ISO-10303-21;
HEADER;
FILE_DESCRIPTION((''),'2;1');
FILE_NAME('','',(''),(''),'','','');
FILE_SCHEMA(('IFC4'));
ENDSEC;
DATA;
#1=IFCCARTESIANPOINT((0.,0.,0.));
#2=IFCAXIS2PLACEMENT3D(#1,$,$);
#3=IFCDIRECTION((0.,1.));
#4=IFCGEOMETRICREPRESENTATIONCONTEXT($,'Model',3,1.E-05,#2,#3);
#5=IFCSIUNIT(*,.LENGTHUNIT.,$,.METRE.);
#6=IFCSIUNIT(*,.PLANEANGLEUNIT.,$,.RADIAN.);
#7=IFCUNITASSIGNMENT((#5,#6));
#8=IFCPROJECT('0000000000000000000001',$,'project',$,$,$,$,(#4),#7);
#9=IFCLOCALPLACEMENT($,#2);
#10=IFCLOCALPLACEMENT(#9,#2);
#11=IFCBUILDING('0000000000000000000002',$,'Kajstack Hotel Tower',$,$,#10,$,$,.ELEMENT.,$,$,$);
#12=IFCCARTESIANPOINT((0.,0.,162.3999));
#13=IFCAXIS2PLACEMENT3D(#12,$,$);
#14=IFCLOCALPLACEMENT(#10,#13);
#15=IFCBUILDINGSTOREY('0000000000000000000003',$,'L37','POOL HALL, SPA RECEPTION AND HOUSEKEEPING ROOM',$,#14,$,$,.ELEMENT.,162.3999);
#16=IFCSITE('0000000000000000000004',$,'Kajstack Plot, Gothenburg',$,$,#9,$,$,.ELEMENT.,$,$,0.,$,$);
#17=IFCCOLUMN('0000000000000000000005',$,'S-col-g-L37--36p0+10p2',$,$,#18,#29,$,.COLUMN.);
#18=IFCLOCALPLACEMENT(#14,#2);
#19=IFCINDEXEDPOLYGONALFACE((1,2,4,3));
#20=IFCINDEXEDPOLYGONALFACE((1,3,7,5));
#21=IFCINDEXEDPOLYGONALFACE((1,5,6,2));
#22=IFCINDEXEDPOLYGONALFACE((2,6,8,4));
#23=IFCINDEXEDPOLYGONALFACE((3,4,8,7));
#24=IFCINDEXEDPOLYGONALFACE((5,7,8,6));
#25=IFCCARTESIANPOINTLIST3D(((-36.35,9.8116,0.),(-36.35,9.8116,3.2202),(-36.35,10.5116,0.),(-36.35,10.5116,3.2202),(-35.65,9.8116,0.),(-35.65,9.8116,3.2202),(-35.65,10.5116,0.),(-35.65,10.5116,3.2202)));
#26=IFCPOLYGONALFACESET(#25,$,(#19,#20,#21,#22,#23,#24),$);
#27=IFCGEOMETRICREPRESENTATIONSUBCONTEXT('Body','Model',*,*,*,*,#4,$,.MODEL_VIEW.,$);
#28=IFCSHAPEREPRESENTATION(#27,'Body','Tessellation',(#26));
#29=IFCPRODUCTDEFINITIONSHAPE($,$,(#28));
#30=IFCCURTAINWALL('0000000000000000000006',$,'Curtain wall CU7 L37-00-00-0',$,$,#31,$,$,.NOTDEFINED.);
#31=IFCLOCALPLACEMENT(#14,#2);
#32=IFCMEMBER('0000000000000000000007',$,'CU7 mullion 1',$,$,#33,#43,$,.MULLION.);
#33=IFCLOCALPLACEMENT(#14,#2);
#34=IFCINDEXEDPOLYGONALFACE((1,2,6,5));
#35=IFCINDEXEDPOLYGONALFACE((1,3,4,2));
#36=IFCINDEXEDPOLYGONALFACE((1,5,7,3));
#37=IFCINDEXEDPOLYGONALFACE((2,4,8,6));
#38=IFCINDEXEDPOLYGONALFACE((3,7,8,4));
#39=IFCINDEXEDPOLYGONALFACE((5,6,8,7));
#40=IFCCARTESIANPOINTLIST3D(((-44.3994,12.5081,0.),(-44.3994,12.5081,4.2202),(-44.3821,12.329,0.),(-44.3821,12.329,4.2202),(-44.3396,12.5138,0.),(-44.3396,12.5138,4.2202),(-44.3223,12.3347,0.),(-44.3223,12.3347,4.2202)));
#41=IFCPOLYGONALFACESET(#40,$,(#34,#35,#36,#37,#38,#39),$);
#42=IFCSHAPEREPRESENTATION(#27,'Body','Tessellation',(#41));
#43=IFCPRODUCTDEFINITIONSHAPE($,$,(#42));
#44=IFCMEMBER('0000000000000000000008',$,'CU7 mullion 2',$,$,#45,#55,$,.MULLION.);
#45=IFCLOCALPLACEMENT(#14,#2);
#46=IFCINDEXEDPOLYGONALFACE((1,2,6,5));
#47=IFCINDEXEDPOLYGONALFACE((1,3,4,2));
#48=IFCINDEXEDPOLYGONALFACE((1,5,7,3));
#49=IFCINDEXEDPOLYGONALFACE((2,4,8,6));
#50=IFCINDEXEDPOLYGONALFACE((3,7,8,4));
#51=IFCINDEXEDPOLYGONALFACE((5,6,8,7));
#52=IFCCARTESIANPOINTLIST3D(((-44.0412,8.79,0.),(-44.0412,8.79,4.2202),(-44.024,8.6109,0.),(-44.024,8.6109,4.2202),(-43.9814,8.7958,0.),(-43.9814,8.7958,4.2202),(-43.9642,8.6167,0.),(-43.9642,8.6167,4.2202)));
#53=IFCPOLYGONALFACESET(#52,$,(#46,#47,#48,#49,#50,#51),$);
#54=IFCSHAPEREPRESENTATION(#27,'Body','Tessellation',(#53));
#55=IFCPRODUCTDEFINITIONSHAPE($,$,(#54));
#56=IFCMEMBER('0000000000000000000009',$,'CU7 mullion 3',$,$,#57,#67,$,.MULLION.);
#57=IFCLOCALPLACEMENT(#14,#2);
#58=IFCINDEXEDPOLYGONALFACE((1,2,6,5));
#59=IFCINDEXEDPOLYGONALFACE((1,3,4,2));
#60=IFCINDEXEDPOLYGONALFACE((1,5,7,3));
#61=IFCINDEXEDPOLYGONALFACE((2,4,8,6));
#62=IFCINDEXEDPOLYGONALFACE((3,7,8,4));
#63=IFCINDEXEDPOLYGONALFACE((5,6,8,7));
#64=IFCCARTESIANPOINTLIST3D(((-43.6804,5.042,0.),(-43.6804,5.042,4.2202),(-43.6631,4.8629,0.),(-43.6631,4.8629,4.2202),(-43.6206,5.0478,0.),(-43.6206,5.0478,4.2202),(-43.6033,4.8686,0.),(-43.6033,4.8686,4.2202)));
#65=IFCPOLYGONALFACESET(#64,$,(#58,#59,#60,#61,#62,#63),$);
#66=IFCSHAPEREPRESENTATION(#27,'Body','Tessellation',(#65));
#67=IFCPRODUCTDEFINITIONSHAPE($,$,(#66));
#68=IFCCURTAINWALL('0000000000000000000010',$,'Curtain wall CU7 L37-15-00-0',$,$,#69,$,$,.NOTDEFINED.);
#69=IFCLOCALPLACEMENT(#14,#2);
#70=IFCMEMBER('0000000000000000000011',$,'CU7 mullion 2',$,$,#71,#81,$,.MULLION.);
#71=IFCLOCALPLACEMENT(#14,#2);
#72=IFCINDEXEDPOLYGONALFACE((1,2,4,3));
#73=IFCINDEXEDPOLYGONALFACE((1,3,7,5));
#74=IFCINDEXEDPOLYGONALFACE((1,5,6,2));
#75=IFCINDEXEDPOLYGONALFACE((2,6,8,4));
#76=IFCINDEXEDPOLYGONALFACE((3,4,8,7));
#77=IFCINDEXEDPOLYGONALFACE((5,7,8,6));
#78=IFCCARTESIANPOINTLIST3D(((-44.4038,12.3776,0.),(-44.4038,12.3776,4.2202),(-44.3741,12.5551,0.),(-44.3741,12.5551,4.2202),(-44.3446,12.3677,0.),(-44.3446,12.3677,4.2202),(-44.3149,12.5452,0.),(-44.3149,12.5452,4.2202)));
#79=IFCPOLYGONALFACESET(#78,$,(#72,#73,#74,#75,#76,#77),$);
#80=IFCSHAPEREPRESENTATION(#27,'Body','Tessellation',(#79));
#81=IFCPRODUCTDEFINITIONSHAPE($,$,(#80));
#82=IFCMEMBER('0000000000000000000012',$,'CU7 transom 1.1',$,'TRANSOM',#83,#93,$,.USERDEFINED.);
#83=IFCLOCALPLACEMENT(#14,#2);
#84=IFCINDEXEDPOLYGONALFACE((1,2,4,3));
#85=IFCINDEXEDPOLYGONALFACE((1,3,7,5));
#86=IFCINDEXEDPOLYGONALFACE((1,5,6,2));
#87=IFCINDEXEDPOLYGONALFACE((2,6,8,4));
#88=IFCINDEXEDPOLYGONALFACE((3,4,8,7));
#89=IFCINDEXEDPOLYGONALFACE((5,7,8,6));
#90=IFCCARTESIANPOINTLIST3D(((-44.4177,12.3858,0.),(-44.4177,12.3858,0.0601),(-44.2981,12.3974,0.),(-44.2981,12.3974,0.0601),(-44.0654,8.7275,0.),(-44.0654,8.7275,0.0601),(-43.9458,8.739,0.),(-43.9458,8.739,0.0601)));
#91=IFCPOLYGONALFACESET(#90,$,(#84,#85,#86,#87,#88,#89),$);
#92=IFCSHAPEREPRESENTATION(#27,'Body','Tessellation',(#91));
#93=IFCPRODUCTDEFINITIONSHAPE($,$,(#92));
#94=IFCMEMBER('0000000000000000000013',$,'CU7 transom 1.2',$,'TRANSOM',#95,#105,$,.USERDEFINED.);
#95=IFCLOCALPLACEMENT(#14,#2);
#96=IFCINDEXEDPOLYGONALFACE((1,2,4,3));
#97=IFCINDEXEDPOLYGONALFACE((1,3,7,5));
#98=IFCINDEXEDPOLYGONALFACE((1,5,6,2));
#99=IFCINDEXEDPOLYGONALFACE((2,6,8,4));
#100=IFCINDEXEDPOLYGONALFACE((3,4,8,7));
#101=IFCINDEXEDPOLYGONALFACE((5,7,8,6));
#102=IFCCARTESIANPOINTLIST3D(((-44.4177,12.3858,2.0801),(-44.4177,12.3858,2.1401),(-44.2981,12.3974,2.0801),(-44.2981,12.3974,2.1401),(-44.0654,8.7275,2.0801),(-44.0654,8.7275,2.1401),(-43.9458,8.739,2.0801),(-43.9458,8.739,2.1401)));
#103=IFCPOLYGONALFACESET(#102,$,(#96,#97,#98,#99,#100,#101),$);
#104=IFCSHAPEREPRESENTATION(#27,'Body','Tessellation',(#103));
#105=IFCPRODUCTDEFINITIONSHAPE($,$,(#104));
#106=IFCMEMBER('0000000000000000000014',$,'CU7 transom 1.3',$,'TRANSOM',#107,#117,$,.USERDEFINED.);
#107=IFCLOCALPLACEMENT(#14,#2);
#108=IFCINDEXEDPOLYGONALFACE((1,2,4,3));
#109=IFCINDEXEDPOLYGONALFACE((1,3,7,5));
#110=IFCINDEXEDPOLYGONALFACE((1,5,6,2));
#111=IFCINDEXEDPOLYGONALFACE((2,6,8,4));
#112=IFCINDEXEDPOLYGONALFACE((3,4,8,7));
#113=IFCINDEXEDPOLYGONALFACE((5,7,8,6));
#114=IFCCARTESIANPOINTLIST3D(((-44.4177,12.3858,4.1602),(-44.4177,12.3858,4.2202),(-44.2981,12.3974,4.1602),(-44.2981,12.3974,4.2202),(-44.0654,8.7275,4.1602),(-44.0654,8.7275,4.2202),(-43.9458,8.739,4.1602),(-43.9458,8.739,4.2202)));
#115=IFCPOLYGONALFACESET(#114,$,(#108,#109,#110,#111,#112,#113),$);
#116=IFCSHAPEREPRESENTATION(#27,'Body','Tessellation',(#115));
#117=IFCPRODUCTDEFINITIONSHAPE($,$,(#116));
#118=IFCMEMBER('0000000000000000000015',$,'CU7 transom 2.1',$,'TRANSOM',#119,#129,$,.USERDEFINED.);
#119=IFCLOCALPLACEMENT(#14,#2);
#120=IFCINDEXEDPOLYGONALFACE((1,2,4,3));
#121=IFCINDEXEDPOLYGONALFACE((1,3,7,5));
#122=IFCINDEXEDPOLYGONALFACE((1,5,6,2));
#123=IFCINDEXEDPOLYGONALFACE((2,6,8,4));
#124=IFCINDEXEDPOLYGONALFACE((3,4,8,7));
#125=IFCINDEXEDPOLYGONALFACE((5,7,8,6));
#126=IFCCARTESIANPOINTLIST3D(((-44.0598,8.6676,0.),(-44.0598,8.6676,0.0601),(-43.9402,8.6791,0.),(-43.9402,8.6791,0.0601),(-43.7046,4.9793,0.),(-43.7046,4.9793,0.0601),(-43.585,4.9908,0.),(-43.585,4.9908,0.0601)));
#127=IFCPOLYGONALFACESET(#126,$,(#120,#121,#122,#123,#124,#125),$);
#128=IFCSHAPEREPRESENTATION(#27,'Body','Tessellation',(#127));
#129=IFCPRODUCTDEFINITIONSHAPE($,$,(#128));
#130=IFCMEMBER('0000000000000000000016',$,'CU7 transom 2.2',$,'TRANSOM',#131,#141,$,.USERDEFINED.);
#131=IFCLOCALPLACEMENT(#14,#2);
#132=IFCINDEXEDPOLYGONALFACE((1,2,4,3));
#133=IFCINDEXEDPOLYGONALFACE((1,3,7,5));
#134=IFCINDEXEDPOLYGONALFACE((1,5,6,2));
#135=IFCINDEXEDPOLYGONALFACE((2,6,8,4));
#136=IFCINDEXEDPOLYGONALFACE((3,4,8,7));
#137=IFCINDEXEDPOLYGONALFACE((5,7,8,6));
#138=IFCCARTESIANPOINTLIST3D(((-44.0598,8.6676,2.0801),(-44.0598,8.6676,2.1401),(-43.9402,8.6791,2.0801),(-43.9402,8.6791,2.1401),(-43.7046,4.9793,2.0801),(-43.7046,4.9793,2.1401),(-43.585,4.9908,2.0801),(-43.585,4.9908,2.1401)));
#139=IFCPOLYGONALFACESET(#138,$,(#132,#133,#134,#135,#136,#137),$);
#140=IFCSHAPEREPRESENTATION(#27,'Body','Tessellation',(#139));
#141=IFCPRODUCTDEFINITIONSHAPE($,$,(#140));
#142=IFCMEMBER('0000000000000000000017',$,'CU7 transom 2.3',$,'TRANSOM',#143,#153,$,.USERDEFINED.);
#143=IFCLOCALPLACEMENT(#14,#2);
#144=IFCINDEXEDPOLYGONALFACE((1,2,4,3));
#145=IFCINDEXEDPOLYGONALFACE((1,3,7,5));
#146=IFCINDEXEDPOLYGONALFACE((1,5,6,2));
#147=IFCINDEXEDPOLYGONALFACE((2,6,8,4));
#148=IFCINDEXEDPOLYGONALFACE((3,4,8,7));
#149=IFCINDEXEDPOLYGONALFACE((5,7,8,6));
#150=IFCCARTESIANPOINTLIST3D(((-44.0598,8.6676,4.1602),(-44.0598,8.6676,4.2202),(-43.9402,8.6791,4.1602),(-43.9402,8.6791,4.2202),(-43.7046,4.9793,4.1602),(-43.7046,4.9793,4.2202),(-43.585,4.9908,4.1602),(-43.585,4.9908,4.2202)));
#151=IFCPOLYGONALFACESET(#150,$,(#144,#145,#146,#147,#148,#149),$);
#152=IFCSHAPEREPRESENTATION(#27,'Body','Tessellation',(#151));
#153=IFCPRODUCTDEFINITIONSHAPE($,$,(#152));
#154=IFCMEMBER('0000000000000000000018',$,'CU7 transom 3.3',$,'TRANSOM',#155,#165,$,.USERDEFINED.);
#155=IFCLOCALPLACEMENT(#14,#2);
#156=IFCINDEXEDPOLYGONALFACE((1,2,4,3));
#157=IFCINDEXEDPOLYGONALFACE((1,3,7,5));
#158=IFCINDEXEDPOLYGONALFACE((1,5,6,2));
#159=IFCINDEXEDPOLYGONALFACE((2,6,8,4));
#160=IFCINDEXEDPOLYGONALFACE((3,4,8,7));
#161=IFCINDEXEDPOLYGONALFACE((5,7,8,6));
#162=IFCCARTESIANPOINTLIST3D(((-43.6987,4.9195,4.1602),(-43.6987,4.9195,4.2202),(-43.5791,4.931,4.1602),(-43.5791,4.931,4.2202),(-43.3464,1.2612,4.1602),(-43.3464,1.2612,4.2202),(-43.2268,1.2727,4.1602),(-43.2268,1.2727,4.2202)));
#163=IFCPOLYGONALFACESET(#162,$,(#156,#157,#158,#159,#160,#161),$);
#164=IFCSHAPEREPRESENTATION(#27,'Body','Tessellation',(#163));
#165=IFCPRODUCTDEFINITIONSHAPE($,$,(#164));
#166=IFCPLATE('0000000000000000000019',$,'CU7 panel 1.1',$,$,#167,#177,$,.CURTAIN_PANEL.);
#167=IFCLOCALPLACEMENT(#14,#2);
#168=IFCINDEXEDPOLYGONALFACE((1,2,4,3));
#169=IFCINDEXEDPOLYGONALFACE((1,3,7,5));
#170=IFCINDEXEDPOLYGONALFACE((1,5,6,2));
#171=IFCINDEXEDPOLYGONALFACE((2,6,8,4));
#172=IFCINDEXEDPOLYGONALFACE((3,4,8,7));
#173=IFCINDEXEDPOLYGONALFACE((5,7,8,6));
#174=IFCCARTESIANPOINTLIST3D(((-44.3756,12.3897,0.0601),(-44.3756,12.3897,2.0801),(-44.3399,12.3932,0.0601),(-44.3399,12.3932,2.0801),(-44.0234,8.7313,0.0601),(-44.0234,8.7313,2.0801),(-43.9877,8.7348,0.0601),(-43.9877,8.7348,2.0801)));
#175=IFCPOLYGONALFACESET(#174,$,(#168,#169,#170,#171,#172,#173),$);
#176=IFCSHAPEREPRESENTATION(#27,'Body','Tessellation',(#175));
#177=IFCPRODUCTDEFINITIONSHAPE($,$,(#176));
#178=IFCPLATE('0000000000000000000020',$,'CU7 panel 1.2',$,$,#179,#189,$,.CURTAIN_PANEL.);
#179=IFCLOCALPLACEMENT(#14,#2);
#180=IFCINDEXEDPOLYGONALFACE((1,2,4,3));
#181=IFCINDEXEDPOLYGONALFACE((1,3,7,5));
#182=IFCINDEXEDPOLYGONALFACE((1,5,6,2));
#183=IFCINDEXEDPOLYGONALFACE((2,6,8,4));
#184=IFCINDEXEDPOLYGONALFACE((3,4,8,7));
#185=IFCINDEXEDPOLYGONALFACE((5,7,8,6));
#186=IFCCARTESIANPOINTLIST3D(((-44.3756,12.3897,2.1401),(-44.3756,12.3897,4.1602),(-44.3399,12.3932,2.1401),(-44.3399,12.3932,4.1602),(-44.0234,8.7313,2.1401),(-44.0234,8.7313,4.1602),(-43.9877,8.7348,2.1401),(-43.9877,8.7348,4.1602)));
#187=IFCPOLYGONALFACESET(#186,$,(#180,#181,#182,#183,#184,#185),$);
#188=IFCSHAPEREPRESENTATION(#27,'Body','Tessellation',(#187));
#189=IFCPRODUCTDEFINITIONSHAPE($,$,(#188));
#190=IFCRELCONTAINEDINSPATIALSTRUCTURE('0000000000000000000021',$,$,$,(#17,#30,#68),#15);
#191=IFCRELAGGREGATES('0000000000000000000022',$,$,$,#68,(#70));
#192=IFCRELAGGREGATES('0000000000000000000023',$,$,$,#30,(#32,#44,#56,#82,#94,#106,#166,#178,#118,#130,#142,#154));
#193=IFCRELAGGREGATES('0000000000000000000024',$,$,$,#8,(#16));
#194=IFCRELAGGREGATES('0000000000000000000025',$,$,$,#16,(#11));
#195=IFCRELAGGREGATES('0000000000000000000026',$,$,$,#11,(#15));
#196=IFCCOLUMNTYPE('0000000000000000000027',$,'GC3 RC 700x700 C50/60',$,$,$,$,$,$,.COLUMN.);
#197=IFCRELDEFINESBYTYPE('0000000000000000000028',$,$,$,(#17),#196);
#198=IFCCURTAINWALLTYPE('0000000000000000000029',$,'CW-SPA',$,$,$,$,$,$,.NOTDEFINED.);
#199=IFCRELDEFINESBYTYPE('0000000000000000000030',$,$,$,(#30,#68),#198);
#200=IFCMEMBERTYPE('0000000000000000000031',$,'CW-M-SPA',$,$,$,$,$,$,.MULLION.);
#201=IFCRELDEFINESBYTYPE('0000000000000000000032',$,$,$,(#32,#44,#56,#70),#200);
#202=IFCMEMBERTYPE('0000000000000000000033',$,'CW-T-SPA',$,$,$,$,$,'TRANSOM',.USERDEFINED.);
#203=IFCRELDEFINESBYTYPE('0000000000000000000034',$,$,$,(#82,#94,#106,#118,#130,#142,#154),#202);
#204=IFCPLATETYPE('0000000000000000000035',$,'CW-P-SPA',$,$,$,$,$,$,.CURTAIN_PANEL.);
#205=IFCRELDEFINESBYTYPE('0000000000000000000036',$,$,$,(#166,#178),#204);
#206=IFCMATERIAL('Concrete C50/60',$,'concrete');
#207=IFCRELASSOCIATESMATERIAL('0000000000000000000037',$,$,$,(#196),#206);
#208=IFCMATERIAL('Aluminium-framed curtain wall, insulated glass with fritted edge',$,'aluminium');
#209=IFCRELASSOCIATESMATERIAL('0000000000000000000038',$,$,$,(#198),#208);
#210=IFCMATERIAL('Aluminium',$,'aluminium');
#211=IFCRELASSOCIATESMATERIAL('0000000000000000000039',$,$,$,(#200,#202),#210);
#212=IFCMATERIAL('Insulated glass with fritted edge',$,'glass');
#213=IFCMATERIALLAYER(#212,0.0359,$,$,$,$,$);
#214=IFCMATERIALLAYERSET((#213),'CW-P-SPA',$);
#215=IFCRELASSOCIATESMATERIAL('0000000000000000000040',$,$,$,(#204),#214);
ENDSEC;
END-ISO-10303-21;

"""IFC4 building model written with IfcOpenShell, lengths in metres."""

from ifc_helpers import new_model, si_unit, direction, frame, origin, origin_2d, place, context, subcontext, project, spatial, rectangle, extrude, material, layer, layer_set, material_profile, profile_set, type_object, element, aggregate, save


model = new_model("IFC4")

# Units and contexts
model_context = context("Model", 3, precision=1e-05, world=origin(), true_north=direction((0.0, 1.0)))
body_context = subcontext(model_context, "Body", "Model", "MODEL_VIEW")
ifc_project = project(units=[si_unit("LENGTHUNIT", "METRE"), si_unit("PLANEANGLEUNIT", "RADIAN")], contexts=[model_context])

# Site, building, storey
site_placement = place(None, origin())
site = spatial("IfcSite", under=ifc_project, at=site_placement, Name="Kajstack Plot, Gothenburg", CompositionType="ELEMENT", RefElevation=0.0)
building_placement = place(site_placement, origin())
building = spatial("IfcBuilding", under=site, at=building_placement, Name="Kajstack Hotel Tower", CompositionType="ELEMENT")
storey_placement = place(building_placement, frame((0.0, 0.0, 162.3999)))
storey = spatial("IfcBuildingStorey", under=building, at=storey_placement, Name="L37", Description="POOL HALL, SPA RECEPTION AND HOUSEKEEPING ROOM", CompositionType="ELEMENT", Elevation=162.3999)

# Column
ifc_material_1 = material(Name="Concrete C50/60", Category="concrete")
ifc_material_profile_1 = material_profile(ifc_material_1, rectangle(XDim=0.7, YDim=0.7, at=origin_2d()), Name="RC 700x700")
ifc_profile_set_1 = profile_set([ifc_material_profile_1], Name="Concrete C50/60")
column_type = type_object("IfcColumnType", Name="GC3 RC 700x700 C50/60", PredefinedType="COLUMN", material=ifc_profile_set_1)
column_placement = place(storey_placement, frame((-36.0, 10.1616, 0.0), z_axis=(0.0, 0.0, 1.0), x_axis=(1.0, 0.0, 0.0)))
element("IfcColumn", 1, at=column_placement, inside=storey, type_object=column_type, Name="S-col-g-L37--36p0+10p2", PredefinedType="COLUMN", context=body_context, shape_type="SweptSolid", body=[
    extrude(rectangle(XDim=0.7, YDim=0.7, at=origin_2d()), origin(), (0.0, 0.0, 1.0), 3.2202),
])

# Curtain wall, members
ifc_material_2 = material(Name="Aluminium-framed curtain wall, insulated glass with fritted edge", Category="aluminium")
curtain_wall_type = type_object("IfcCurtainWallType", Name="CW-SPA", PredefinedType="NOTDEFINED", material=ifc_material_2)
curtain_wall_1_placement = place(storey_placement, origin())
curtain_wall_1 = element("IfcCurtainWall", 2, at=curtain_wall_1_placement, inside=storey, type_object=curtain_wall_type, Name="Curtain wall CU7 L37-00-00-0", PredefinedType="NOTDEFINED")
ifc_material_3 = material(Name="Aluminium", Category="aluminium")
ifc_material_profile_2 = material_profile(ifc_material_3, rectangle(XDim=0.0601, YDim=0.1799, at=origin_2d()), Name="Aluminium mullion 60 x 180")
ifc_profile_set_2 = profile_set([ifc_material_profile_2], Name="Aluminium")
member_type_1 = type_object("IfcMemberType", Name="CW-M-SPA", PredefinedType="MULLION", material=ifc_profile_set_2)
member_1_placement = place(storey_placement, frame((-44.3608, 12.4214, 0.0), z_axis=(0.0, 0.0, 1.0), x_axis=(0.995396, 0.095844, 0.0)))
member_1 = element("IfcMember", 3, at=member_1_placement, type_object=member_type_1, Name="CU7 mullion 1", PredefinedType="MULLION", context=body_context, shape_type="SweptSolid", body=[
    extrude(rectangle(XDim=0.0601, YDim=0.1799, at=origin_2d()), origin(), (0.0, 0.0, 1.0), 4.2202),
])
member_2_placement = place(storey_placement, frame((-44.0027, 8.7034, 0.0), z_axis=(0.0, 0.0, 1.0), x_axis=(0.995396, 0.095844, 0.0)))
member_2 = element("IfcMember", 4, at=member_2_placement, type_object=member_type_1, Name="CU7 mullion 2", PredefinedType="MULLION", context=body_context, shape_type="SweptSolid", body=[
    extrude(rectangle(XDim=0.0601, YDim=0.1799, at=origin_2d()), origin(), (0.0, 0.0, 1.0), 4.2202),
])
member_3_placement = place(storey_placement, frame((-43.6418, 4.9553, 0.0), z_axis=(0.0, 0.0, 1.0), x_axis=(0.995396, 0.095844, 0.0)))
member_3 = element("IfcMember", 5, at=member_3_placement, type_object=member_type_1, Name="CU7 mullion 3", PredefinedType="MULLION", context=body_context, shape_type="SweptSolid", body=[
    extrude(rectangle(XDim=0.0601, YDim=0.1799, at=origin_2d()), origin(), (0.0, 0.0, 1.0), 4.2202),
])

# Curtain wall, member
curtain_wall_2_placement = place(storey_placement, origin())
curtain_wall_2 = element("IfcCurtainWall", 6, at=curtain_wall_2_placement, inside=storey, type_object=curtain_wall_type, Name="Curtain wall CU7 L37-15-00-0", PredefinedType="NOTDEFINED")
member_4_placement = place(storey_placement, frame((-44.3594, 12.4614, 0.0), z_axis=(0.0, 0.0, 1.0), x_axis=(0.986289, -0.165025, 0.0)))
member_4 = element("IfcMember", 7, at=member_4_placement, type_object=member_type_1, Name="CU7 mullion 2", PredefinedType="MULLION", context=body_context, shape_type="SweptSolid", body=[
    extrude(rectangle(XDim=0.0601, YDim=0.1799, at=origin_2d()), origin(), (0.0, 0.0, 1.0), 4.2202),
])
aggregate(curtain_wall_2, [member_4])

# Members
ifc_material_profile_3 = material_profile(ifc_material_3, rectangle(XDim=0.1201, YDim=0.0601, at=origin_2d()), Name="Aluminium transom 120 x 60")
ifc_profile_set_3 = profile_set([ifc_material_profile_3], Name="Aluminium")
member_type_2 = type_object("IfcMemberType", Name="CW-T-SPA", ElementType="TRANSOM", PredefinedType="USERDEFINED", material=ifc_profile_set_3)
member_5_placement = place(storey_placement, frame((-44.3579, 12.3916, 0.03), z_axis=(0.095853, -0.995396, 0.0), x_axis=(0.995396, 0.095853, 0.0)))
member_5 = element("IfcMember", 8, at=member_5_placement, type_object=member_type_2, Name="CU7 transom 1.1", ObjectType="TRANSOM", PredefinedType="USERDEFINED", context=body_context, shape_type="SweptSolid", body=[
    extrude(rectangle(XDim=0.1201, YDim=0.0601, at=origin_2d()), origin(), (0.0, 0.0, 1.0), 3.6753),
])
member_6_placement = place(storey_placement, frame((-44.3579, 12.3916, 2.1101), z_axis=(0.095853, -0.995396, 0.0), x_axis=(0.995396, 0.095853, 0.0)))
member_6 = element("IfcMember", 9, at=member_6_placement, type_object=member_type_2, Name="CU7 transom 1.2", ObjectType="TRANSOM", PredefinedType="USERDEFINED", context=body_context, shape_type="SweptSolid", body=[
    extrude(rectangle(XDim=0.1201, YDim=0.0601, at=origin_2d()), origin(), (0.0, 0.0, 1.0), 3.6753),
])
member_7_placement = place(storey_placement, frame((-44.3579, 12.3916, 4.1902), z_axis=(0.095853, -0.995396, 0.0), x_axis=(0.995396, 0.095853, 0.0)))
member_7 = element("IfcMember", 10, at=member_7_placement, type_object=member_type_2, Name="CU7 transom 1.3", ObjectType="TRANSOM", PredefinedType="USERDEFINED", context=body_context, shape_type="SweptSolid", body=[
    extrude(rectangle(XDim=0.1201, YDim=0.0601, at=origin_2d()), origin(), (0.0, 0.0, 1.0), 3.6753),
])
member_8_placement = place(storey_placement, frame((-44.0, 8.6733, 0.03), z_axis=(0.095869, -0.995394, 0.0), x_axis=(0.995394, 0.095869, 0.0)))
member_8 = element("IfcMember", 11, at=member_8_placement, type_object=member_type_2, Name="CU7 transom 2.1", ObjectType="TRANSOM", PredefinedType="USERDEFINED", context=body_context, shape_type="SweptSolid", body=[
    extrude(rectangle(XDim=0.1201, YDim=0.0601, at=origin_2d()), origin(), (0.0, 0.0, 1.0), 3.7053),
])
member_9_placement = place(storey_placement, frame((-44.0, 8.6733, 2.1101), z_axis=(0.095869, -0.995394, 0.0), x_axis=(0.995394, 0.095869, 0.0)))
member_9 = element("IfcMember", 12, at=member_9_placement, type_object=member_type_2, Name="CU7 transom 2.2", ObjectType="TRANSOM", PredefinedType="USERDEFINED", context=body_context, shape_type="SweptSolid", body=[
    extrude(rectangle(XDim=0.1201, YDim=0.0601, at=origin_2d()), origin(), (0.0, 0.0, 1.0), 3.7053),
])
member_10_placement = place(storey_placement, frame((-44.0, 8.6733, 4.1902), z_axis=(0.095869, -0.995394, 0.0), x_axis=(0.995394, 0.095869, 0.0)))
member_10 = element("IfcMember", 13, at=member_10_placement, type_object=member_type_2, Name="CU7 transom 2.3", ObjectType="TRANSOM", PredefinedType="USERDEFINED", context=body_context, shape_type="SweptSolid", body=[
    extrude(rectangle(XDim=0.1201, YDim=0.0601, at=origin_2d()), origin(), (0.0, 0.0, 1.0), 3.7053),
])
member_11_placement = place(storey_placement, frame((-43.6389, 4.9253, 4.1902), z_axis=(0.095853, -0.995396, 0.0), x_axis=(0.995396, 0.095853, 0.0)))
member_11 = element("IfcMember", 14, at=member_11_placement, type_object=member_type_2, Name="CU7 transom 3.3", ObjectType="TRANSOM", PredefinedType="USERDEFINED", context=body_context, shape_type="SweptSolid", body=[
    extrude(rectangle(XDim=0.1201, YDim=0.0601, at=origin_2d()), origin(), (0.0, 0.0, 1.0), 3.6753),
])

# Plates
ifc_material_4 = material(Name="Insulated glass with fritted edge", Category="glass")
ifc_layer = layer(ifc_material_4, 0.0359)
ifc_layer_set = layer_set([ifc_layer], Name="CW-P-SPA")
plate_type = type_object("IfcPlateType", Name="CW-P-SPA", PredefinedType="CURTAIN_PANEL", material=ifc_layer_set)
plate_1_placement = place(storey_placement, frame((-44.1816, 10.5623, 0.0601), z_axis=(0.0, 0.0, 1.0), x_axis=(0.095844, -0.995396, 0.0)))
plate_1 = element("IfcPlate", 15, at=plate_1_placement, type_object=plate_type, Name="CU7 panel 1.1", PredefinedType="CURTAIN_PANEL", context=body_context, shape_type="SweptSolid", body=[
    extrude(rectangle(XDim=3.6753, YDim=0.0359, at=origin_2d()), origin(), (0.0, 0.0, 1.0), 2.02),
])
plate_2_placement = place(storey_placement, frame((-44.1816, 10.5623, 2.1401), z_axis=(0.0, 0.0, 1.0), x_axis=(0.095844, -0.995396, 0.0)))
plate_2 = element("IfcPlate", 16, at=plate_2_placement, type_object=plate_type, Name="CU7 panel 1.2", PredefinedType="CURTAIN_PANEL", context=body_context, shape_type="SweptSolid", body=[
    extrude(rectangle(XDim=3.6753, YDim=0.0359, at=origin_2d()), origin(), (0.0, 0.0, 1.0), 2.02),
])
aggregate(curtain_wall_1, [member_1, member_2, member_3, member_5, member_6, member_7, plate_1, plate_2, member_8, member_9, member_10, member_11])

save(model, "model.ifc")
